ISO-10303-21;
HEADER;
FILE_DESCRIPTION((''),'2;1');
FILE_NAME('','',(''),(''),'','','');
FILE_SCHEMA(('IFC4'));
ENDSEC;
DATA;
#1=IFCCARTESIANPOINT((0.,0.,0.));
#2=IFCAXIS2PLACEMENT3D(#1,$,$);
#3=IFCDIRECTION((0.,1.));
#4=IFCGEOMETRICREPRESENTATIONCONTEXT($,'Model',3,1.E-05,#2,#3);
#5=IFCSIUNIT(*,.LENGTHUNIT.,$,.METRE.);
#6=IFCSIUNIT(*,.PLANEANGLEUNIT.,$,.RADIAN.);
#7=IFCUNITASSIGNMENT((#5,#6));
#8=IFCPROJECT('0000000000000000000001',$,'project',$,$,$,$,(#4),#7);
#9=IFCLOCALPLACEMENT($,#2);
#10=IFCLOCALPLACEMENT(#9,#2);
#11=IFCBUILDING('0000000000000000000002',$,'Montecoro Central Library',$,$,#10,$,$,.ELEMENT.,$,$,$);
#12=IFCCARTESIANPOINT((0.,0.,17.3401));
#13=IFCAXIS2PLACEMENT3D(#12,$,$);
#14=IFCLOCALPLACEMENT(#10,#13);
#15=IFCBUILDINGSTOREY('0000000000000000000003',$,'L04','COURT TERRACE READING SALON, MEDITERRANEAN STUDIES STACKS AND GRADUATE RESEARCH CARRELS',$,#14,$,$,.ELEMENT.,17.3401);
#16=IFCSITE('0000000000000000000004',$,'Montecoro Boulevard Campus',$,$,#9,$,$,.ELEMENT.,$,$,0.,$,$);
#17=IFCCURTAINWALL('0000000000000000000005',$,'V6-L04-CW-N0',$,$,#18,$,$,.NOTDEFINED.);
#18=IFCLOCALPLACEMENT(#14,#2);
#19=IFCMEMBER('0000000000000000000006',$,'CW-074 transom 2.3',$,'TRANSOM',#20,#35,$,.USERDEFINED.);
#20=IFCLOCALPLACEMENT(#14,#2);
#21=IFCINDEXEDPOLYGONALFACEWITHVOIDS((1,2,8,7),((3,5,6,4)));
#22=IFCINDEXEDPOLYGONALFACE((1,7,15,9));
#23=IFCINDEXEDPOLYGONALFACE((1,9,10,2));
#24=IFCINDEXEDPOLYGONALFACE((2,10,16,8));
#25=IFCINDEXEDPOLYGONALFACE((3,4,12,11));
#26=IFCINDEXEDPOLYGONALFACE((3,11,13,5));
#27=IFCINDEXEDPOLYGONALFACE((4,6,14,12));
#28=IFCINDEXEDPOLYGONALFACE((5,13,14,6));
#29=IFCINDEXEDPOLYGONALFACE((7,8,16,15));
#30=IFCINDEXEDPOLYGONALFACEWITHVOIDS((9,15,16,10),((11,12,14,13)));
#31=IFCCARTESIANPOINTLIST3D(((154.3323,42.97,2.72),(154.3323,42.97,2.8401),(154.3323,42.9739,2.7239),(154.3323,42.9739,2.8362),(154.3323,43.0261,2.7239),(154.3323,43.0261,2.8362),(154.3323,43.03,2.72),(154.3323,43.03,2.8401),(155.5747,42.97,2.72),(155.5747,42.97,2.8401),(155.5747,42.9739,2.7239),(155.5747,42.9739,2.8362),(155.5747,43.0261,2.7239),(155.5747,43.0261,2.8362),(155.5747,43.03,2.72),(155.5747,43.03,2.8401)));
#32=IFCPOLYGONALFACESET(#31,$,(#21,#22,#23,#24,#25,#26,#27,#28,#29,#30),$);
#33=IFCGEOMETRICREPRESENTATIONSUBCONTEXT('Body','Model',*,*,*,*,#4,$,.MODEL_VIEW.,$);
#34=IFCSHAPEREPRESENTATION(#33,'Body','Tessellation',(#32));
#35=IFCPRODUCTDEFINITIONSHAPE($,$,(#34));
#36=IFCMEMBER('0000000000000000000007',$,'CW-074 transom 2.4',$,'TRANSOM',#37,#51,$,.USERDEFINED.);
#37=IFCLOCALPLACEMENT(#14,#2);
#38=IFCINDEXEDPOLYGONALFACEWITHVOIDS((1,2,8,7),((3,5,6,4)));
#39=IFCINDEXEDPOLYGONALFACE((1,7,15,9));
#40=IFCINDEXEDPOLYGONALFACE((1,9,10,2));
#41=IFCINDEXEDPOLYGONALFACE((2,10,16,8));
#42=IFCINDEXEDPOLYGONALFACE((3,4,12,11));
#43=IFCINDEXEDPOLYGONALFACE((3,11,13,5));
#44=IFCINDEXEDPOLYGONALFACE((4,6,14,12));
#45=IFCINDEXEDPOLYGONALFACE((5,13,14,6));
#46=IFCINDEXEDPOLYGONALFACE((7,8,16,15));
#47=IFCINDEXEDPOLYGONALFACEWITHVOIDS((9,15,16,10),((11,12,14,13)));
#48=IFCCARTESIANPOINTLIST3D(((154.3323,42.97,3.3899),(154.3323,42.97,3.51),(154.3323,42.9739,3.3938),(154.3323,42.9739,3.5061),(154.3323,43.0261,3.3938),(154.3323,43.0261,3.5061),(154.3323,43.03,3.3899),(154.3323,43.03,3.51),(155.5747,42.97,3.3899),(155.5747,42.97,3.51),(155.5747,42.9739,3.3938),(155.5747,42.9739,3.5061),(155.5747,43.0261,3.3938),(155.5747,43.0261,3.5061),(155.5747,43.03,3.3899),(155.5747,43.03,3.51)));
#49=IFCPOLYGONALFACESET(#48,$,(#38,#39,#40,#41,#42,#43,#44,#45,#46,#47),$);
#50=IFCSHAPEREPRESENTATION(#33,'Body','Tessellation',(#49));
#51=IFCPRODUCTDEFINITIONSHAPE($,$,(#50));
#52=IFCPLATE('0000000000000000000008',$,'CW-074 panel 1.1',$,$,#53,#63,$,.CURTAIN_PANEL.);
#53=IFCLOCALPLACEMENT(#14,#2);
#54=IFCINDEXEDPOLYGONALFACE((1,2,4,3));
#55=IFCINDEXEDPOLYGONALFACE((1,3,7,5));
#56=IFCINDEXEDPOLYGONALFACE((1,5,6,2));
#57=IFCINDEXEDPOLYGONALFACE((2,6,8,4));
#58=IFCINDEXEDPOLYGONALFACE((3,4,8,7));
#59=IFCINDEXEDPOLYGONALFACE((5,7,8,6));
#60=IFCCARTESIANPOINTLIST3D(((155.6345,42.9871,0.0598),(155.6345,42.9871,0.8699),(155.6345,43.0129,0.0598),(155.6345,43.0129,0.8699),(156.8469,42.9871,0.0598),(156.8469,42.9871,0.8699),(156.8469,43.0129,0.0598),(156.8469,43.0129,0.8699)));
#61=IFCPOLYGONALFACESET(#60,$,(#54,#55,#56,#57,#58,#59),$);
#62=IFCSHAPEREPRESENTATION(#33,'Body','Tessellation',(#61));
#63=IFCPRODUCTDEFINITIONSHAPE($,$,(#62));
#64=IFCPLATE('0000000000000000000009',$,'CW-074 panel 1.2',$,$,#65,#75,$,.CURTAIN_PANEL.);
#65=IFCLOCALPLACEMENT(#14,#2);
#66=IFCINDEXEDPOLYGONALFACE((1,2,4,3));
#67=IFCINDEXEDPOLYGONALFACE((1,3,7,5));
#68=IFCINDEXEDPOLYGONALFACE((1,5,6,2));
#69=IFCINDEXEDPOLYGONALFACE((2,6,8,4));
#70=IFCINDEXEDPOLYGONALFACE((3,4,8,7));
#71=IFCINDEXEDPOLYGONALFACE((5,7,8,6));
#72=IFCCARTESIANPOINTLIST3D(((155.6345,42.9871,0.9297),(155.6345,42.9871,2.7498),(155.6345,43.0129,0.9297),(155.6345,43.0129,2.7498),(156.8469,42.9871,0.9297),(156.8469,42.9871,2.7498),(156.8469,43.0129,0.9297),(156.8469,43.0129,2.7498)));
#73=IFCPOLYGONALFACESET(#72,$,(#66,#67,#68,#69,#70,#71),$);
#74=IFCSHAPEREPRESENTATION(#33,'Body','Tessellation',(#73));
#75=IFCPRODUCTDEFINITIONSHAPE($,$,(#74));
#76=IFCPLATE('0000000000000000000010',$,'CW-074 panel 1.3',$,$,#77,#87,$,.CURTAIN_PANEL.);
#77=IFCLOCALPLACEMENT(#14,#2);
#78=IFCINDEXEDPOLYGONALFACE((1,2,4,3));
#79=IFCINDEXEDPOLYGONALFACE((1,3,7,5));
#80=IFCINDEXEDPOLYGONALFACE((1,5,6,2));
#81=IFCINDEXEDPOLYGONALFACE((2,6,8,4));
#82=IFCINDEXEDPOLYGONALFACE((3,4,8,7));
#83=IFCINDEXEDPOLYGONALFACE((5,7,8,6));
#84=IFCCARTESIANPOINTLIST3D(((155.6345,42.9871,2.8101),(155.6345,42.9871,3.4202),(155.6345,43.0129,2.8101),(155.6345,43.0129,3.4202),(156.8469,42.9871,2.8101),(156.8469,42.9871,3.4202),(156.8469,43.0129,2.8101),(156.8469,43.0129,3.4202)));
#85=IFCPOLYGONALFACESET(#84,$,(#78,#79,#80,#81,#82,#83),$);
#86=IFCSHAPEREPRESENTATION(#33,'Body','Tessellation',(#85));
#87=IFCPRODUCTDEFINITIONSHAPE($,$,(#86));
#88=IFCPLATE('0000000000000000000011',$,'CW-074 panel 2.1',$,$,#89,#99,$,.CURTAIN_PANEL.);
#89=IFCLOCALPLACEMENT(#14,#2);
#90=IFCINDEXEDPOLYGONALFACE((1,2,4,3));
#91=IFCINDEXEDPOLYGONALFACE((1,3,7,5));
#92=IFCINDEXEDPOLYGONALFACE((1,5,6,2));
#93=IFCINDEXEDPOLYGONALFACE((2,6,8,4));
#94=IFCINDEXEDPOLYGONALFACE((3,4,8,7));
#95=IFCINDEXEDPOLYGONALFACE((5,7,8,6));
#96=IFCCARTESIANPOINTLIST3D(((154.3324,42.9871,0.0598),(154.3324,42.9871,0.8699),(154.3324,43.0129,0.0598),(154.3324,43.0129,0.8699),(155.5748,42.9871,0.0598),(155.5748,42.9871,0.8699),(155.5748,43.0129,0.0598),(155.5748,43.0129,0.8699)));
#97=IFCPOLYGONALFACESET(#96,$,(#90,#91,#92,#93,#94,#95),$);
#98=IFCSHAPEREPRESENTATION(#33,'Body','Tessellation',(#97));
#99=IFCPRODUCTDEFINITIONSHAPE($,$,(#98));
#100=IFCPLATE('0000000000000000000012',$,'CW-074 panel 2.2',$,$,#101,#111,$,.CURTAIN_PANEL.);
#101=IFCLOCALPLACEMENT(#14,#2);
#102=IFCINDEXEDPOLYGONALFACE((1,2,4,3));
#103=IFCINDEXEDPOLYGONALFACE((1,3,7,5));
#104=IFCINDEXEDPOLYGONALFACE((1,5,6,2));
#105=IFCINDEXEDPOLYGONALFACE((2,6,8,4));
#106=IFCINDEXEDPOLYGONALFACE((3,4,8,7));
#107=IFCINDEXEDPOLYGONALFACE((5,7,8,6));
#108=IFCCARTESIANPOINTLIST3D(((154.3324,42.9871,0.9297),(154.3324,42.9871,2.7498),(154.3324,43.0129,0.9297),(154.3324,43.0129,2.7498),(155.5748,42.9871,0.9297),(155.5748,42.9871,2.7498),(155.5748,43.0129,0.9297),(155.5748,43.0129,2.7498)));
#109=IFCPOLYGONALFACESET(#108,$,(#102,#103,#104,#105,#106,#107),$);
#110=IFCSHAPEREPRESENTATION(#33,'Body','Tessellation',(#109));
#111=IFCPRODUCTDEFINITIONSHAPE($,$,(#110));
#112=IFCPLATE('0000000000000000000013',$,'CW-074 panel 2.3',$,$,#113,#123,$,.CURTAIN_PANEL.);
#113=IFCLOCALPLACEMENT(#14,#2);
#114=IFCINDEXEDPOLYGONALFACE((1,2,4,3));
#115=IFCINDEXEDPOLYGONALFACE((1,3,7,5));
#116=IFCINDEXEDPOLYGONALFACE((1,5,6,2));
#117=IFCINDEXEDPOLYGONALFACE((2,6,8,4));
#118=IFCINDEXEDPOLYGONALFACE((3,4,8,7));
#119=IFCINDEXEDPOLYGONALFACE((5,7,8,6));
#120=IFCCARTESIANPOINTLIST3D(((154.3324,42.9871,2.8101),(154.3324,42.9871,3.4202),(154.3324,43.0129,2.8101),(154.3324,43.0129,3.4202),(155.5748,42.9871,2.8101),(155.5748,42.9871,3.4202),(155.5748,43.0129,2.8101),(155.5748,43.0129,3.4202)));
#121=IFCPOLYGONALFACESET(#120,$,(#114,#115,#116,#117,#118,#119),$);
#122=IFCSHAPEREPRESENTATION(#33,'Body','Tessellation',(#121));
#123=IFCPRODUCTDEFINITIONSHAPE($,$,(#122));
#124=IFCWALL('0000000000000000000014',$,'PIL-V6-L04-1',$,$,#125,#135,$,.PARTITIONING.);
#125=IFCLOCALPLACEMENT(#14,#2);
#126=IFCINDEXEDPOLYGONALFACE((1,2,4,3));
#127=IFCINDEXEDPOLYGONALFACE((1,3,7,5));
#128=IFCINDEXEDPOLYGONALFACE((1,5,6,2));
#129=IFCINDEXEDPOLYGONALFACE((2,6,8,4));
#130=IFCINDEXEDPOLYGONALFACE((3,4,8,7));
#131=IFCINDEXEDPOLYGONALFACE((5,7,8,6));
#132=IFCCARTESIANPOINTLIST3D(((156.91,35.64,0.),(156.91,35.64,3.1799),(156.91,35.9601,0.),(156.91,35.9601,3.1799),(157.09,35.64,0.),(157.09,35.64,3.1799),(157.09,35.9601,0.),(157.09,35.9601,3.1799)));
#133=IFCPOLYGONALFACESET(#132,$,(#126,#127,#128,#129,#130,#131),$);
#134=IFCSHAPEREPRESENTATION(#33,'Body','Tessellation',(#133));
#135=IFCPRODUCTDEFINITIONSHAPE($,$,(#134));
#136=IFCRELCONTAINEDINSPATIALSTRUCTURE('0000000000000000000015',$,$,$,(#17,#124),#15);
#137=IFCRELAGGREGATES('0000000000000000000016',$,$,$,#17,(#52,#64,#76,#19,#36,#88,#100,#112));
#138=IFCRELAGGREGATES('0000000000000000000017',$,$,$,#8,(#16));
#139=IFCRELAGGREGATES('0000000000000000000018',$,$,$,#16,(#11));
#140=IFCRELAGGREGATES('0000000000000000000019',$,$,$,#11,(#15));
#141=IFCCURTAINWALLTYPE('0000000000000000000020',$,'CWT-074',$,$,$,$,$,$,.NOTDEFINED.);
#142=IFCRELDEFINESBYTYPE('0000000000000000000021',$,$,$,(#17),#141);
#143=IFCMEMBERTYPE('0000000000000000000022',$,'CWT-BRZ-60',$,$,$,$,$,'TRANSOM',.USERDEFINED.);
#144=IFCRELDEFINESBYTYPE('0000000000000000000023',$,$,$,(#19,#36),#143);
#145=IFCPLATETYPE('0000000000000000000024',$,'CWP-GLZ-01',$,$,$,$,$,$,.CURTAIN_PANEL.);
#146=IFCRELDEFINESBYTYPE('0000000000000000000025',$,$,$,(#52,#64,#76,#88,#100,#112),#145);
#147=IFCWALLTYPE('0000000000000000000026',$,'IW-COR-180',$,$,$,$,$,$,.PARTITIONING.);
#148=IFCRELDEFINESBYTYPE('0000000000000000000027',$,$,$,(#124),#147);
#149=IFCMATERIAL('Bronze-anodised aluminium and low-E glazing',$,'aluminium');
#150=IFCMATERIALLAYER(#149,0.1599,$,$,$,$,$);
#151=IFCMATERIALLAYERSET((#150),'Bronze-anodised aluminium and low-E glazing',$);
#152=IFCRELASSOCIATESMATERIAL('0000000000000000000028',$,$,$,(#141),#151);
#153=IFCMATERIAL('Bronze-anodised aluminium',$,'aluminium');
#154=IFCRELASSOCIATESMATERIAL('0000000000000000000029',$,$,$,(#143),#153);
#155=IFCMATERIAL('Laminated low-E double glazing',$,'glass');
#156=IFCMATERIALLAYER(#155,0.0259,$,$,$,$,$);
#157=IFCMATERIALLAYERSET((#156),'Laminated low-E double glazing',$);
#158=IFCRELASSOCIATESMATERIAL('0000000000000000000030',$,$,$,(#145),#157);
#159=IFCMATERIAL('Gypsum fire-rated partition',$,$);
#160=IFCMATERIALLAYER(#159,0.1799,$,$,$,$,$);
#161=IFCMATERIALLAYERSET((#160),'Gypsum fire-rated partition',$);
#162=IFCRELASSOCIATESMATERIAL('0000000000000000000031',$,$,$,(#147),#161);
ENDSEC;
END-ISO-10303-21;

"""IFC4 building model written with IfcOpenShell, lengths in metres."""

from ifc_helpers import new_model, si_unit, direction, frame, frame_2d, origin, origin_2d, place, context, subcontext, project, spatial, rectangle, hollow_rectangle, extrude, material, layer, layer_set, material_profile, profile_set, type_object, element, aggregate, save


model = new_model("IFC4")

# Units and contexts
model_context = context("Model", 3, precision=1e-05, world=origin(), true_north=direction((0.0, 1.0)))
body_context = subcontext(model_context, "Body", "Model", "MODEL_VIEW")
ifc_project = project(units=[si_unit("LENGTHUNIT", "METRE"), si_unit("PLANEANGLEUNIT", "RADIAN")], contexts=[model_context])

# Site, building, storey
site_placement = place(None, origin())
site = spatial("IfcSite", under=ifc_project, at=site_placement, Name="Montecoro Boulevard Campus", CompositionType="ELEMENT", RefElevation=0.0)
building_placement = place(site_placement, origin())
building = spatial("IfcBuilding", under=site, at=building_placement, Name="Montecoro Central Library", CompositionType="ELEMENT")
storey_placement = place(building_placement, frame((0.0, 0.0, 17.3401)))
storey = spatial("IfcBuildingStorey", under=building, at=storey_placement, Name="L04", Description="COURT TERRACE READING SALON, MEDITERRANEAN STUDIES STACKS AND GRADUATE RESEARCH CARRELS", CompositionType="ELEMENT", Elevation=17.3401)

# Curtain wall, members, plates
ifc_material_1 = material(Name="Bronze-anodised aluminium and low-E glazing", Category="aluminium")
ifc_layer_1 = layer(ifc_material_1, 0.1599)
ifc_layer_set_1 = layer_set([ifc_layer_1], Name="Bronze-anodised aluminium and low-E glazing")
curtain_wall_type = type_object("IfcCurtainWallType", Name="CWT-074", PredefinedType="NOTDEFINED", material=ifc_layer_set_1)
curtain_wall_placement = place(storey_placement, origin())
curtain_wall = element("IfcCurtainWall", 1, at=curtain_wall_placement, inside=storey, type_object=curtain_wall_type, Name="V6-L04-CW-N0", PredefinedType="NOTDEFINED")
ifc_material_2 = material(Name="Bronze-anodised aluminium", Category="aluminium")
ifc_material_profile_1 = material_profile(ifc_material_2, hollow_rectangle(XDim=0.0601, YDim=0.1201, WallThickness=0.0039, at=origin_2d()), Name="CWT 120x60x4.0")
ifc_profile_set_1 = profile_set([ifc_material_profile_1], Name="Bronze-anodised aluminium")
member_type_1 = type_object("IfcMemberType", Name="CWT-BRZ-60", ElementType="TRANSOM", PredefinedType="USERDEFINED", material=ifc_profile_set_1)
member_1_placement = place(storey_placement, frame((155.5747, 43.0, 2.78), z_axis=(-1.0, 0.0, 0.0), x_axis=(0.0, -1.0, 0.0)))
member_1 = element("IfcMember", 2, at=member_1_placement, type_object=member_type_1, Name="CW-074 transom 2.3", ObjectType="TRANSOM", PredefinedType="USERDEFINED", context=body_context, shape_type="SweptSolid", body=[
    extrude(hollow_rectangle(XDim=0.0601, YDim=0.1201, WallThickness=0.0039, at=origin_2d()), origin(), (0.0, 0.0, 1.0), 1.2424),
])
member_2_placement = place(storey_placement, frame((155.5747, 43.0, 3.45), z_axis=(-1.0, 0.0, 0.0), x_axis=(0.0, -1.0, 0.0)))
member_2 = element("IfcMember", 3, at=member_2_placement, type_object=member_type_1, Name="CW-074 transom 2.4", ObjectType="TRANSOM", PredefinedType="USERDEFINED", context=body_context, shape_type="SweptSolid", body=[
    extrude(hollow_rectangle(XDim=0.0601, YDim=0.1201, WallThickness=0.0039, at=origin_2d()), origin(), (0.0, 0.0, 1.0), 1.2424),
])
ifc_material_3 = material(Name="Laminated low-E double glazing", Category="glass")
ifc_layer_2 = layer(ifc_material_3, 0.0259)
ifc_layer_set_2 = layer_set([ifc_layer_2], Name="Laminated low-E double glazing")
plate_type = type_object("IfcPlateType", Name="CWP-GLZ-01", PredefinedType="CURTAIN_PANEL", material=ifc_layer_set_2)
plate_1_placement = place(storey_placement, frame((156.2407, 43.0, 0.0598), z_axis=(0.0, 0.0, 1.0), x_axis=(-1.0, 0.0, 0.0)))
plate_1 = element("IfcPlate", 4, at=plate_1_placement, type_object=plate_type, Name="CW-074 panel 1.1", PredefinedType="CURTAIN_PANEL", context=body_context, shape_type="SweptSolid", body=[
    extrude(rectangle(XDim=1.2124, YDim=0.0259, at=origin_2d()), origin(), (0.0, 0.0, 1.0), 0.8101),
])
plate_2_placement = place(storey_placement, frame((156.2407, 43.0, 0.9297), z_axis=(0.0, 0.0, 1.0), x_axis=(-1.0, 0.0, 0.0)))
plate_2 = element("IfcPlate", 5, at=plate_2_placement, type_object=plate_type, Name="CW-074 panel 1.2", PredefinedType="CURTAIN_PANEL", context=body_context, shape_type="SweptSolid", body=[
    extrude(rectangle(XDim=1.2124, YDim=0.0259, at=origin_2d()), origin(), (0.0, 0.0, 1.0), 1.8201),
])
plate_3_placement = place(storey_placement, frame((156.2407, 43.0, 2.8101), z_axis=(0.0, 0.0, 1.0), x_axis=(-1.0, 0.0, 0.0)))
plate_3 = element("IfcPlate", 6, at=plate_3_placement, type_object=plate_type, Name="CW-074 panel 1.3", PredefinedType="CURTAIN_PANEL", context=body_context, shape_type="SweptSolid", body=[
    extrude(rectangle(XDim=1.2124, YDim=0.0259, at=origin_2d()), origin(), (0.0, 0.0, 1.0), 0.6101),
])
plate_4_placement = place(storey_placement, frame((154.9536, 43.0, 0.0598), z_axis=(0.0, 0.0, 1.0), x_axis=(-1.0, 0.0, 0.0)))
plate_4 = element("IfcPlate", 7, at=plate_4_placement, type_object=plate_type, Name="CW-074 panel 2.1", PredefinedType="CURTAIN_PANEL", context=body_context, shape_type="SweptSolid", body=[
    extrude(rectangle(XDim=1.2424, YDim=0.0259, at=origin_2d()), origin(), (0.0, 0.0, 1.0), 0.8101),
])
plate_5_placement = place(storey_placement, frame((154.9536, 43.0, 0.9297), z_axis=(0.0, 0.0, 1.0), x_axis=(-1.0, 0.0, 0.0)))
plate_5 = element("IfcPlate", 8, at=plate_5_placement, type_object=plate_type, Name="CW-074 panel 2.2", PredefinedType="CURTAIN_PANEL", context=body_context, shape_type="SweptSolid", body=[
    extrude(rectangle(XDim=1.2424, YDim=0.0259, at=origin_2d()), origin(), (0.0, 0.0, 1.0), 1.8201),
])
plate_6_placement = place(storey_placement, frame((154.9536, 43.0, 2.8101), z_axis=(0.0, 0.0, 1.0), x_axis=(-1.0, 0.0, 0.0)))
plate_6 = element("IfcPlate", 9, at=plate_6_placement, type_object=plate_type, Name="CW-074 panel 2.3", PredefinedType="CURTAIN_PANEL", context=body_context, shape_type="SweptSolid", body=[
    extrude(rectangle(XDim=1.2424, YDim=0.0259, at=origin_2d()), origin(), (0.0, 0.0, 1.0), 0.6101),
])
aggregate(curtain_wall, [plate_1, plate_2, plate_3, member_1, member_2, plate_4, plate_5, plate_6])

# Wall
ifc_material_4 = material(Name="Gypsum fire-rated partition")
ifc_layer_3 = layer(ifc_material_4, 0.1799)
ifc_layer_set_3 = layer_set([ifc_layer_3], Name="Gypsum fire-rated partition")
wall_type_1 = type_object("IfcWallType", Name="IW-COR-180", PredefinedType="PARTITIONING", material=ifc_layer_set_3)
wall_1_placement = place(storey_placement, frame((157.0, 35.6399, 0.0), z_axis=(0.0, 0.0, 1.0), x_axis=(0.0, 1.0, 0.0)))
element("IfcWall", 10, at=wall_1_placement, inside=storey, type_object=wall_type_1, Name="PIL-V6-L04-1", PredefinedType="PARTITIONING", context=body_context, shape_type="SweptSolid", body=[
    extrude(rectangle(XDim=0.3201, YDim=0.1799, at=frame_2d((0.1602, 0.0))), origin(), (0.0, 0.0, 1.0), 3.1799),
])

save(model, "model.ifc")
